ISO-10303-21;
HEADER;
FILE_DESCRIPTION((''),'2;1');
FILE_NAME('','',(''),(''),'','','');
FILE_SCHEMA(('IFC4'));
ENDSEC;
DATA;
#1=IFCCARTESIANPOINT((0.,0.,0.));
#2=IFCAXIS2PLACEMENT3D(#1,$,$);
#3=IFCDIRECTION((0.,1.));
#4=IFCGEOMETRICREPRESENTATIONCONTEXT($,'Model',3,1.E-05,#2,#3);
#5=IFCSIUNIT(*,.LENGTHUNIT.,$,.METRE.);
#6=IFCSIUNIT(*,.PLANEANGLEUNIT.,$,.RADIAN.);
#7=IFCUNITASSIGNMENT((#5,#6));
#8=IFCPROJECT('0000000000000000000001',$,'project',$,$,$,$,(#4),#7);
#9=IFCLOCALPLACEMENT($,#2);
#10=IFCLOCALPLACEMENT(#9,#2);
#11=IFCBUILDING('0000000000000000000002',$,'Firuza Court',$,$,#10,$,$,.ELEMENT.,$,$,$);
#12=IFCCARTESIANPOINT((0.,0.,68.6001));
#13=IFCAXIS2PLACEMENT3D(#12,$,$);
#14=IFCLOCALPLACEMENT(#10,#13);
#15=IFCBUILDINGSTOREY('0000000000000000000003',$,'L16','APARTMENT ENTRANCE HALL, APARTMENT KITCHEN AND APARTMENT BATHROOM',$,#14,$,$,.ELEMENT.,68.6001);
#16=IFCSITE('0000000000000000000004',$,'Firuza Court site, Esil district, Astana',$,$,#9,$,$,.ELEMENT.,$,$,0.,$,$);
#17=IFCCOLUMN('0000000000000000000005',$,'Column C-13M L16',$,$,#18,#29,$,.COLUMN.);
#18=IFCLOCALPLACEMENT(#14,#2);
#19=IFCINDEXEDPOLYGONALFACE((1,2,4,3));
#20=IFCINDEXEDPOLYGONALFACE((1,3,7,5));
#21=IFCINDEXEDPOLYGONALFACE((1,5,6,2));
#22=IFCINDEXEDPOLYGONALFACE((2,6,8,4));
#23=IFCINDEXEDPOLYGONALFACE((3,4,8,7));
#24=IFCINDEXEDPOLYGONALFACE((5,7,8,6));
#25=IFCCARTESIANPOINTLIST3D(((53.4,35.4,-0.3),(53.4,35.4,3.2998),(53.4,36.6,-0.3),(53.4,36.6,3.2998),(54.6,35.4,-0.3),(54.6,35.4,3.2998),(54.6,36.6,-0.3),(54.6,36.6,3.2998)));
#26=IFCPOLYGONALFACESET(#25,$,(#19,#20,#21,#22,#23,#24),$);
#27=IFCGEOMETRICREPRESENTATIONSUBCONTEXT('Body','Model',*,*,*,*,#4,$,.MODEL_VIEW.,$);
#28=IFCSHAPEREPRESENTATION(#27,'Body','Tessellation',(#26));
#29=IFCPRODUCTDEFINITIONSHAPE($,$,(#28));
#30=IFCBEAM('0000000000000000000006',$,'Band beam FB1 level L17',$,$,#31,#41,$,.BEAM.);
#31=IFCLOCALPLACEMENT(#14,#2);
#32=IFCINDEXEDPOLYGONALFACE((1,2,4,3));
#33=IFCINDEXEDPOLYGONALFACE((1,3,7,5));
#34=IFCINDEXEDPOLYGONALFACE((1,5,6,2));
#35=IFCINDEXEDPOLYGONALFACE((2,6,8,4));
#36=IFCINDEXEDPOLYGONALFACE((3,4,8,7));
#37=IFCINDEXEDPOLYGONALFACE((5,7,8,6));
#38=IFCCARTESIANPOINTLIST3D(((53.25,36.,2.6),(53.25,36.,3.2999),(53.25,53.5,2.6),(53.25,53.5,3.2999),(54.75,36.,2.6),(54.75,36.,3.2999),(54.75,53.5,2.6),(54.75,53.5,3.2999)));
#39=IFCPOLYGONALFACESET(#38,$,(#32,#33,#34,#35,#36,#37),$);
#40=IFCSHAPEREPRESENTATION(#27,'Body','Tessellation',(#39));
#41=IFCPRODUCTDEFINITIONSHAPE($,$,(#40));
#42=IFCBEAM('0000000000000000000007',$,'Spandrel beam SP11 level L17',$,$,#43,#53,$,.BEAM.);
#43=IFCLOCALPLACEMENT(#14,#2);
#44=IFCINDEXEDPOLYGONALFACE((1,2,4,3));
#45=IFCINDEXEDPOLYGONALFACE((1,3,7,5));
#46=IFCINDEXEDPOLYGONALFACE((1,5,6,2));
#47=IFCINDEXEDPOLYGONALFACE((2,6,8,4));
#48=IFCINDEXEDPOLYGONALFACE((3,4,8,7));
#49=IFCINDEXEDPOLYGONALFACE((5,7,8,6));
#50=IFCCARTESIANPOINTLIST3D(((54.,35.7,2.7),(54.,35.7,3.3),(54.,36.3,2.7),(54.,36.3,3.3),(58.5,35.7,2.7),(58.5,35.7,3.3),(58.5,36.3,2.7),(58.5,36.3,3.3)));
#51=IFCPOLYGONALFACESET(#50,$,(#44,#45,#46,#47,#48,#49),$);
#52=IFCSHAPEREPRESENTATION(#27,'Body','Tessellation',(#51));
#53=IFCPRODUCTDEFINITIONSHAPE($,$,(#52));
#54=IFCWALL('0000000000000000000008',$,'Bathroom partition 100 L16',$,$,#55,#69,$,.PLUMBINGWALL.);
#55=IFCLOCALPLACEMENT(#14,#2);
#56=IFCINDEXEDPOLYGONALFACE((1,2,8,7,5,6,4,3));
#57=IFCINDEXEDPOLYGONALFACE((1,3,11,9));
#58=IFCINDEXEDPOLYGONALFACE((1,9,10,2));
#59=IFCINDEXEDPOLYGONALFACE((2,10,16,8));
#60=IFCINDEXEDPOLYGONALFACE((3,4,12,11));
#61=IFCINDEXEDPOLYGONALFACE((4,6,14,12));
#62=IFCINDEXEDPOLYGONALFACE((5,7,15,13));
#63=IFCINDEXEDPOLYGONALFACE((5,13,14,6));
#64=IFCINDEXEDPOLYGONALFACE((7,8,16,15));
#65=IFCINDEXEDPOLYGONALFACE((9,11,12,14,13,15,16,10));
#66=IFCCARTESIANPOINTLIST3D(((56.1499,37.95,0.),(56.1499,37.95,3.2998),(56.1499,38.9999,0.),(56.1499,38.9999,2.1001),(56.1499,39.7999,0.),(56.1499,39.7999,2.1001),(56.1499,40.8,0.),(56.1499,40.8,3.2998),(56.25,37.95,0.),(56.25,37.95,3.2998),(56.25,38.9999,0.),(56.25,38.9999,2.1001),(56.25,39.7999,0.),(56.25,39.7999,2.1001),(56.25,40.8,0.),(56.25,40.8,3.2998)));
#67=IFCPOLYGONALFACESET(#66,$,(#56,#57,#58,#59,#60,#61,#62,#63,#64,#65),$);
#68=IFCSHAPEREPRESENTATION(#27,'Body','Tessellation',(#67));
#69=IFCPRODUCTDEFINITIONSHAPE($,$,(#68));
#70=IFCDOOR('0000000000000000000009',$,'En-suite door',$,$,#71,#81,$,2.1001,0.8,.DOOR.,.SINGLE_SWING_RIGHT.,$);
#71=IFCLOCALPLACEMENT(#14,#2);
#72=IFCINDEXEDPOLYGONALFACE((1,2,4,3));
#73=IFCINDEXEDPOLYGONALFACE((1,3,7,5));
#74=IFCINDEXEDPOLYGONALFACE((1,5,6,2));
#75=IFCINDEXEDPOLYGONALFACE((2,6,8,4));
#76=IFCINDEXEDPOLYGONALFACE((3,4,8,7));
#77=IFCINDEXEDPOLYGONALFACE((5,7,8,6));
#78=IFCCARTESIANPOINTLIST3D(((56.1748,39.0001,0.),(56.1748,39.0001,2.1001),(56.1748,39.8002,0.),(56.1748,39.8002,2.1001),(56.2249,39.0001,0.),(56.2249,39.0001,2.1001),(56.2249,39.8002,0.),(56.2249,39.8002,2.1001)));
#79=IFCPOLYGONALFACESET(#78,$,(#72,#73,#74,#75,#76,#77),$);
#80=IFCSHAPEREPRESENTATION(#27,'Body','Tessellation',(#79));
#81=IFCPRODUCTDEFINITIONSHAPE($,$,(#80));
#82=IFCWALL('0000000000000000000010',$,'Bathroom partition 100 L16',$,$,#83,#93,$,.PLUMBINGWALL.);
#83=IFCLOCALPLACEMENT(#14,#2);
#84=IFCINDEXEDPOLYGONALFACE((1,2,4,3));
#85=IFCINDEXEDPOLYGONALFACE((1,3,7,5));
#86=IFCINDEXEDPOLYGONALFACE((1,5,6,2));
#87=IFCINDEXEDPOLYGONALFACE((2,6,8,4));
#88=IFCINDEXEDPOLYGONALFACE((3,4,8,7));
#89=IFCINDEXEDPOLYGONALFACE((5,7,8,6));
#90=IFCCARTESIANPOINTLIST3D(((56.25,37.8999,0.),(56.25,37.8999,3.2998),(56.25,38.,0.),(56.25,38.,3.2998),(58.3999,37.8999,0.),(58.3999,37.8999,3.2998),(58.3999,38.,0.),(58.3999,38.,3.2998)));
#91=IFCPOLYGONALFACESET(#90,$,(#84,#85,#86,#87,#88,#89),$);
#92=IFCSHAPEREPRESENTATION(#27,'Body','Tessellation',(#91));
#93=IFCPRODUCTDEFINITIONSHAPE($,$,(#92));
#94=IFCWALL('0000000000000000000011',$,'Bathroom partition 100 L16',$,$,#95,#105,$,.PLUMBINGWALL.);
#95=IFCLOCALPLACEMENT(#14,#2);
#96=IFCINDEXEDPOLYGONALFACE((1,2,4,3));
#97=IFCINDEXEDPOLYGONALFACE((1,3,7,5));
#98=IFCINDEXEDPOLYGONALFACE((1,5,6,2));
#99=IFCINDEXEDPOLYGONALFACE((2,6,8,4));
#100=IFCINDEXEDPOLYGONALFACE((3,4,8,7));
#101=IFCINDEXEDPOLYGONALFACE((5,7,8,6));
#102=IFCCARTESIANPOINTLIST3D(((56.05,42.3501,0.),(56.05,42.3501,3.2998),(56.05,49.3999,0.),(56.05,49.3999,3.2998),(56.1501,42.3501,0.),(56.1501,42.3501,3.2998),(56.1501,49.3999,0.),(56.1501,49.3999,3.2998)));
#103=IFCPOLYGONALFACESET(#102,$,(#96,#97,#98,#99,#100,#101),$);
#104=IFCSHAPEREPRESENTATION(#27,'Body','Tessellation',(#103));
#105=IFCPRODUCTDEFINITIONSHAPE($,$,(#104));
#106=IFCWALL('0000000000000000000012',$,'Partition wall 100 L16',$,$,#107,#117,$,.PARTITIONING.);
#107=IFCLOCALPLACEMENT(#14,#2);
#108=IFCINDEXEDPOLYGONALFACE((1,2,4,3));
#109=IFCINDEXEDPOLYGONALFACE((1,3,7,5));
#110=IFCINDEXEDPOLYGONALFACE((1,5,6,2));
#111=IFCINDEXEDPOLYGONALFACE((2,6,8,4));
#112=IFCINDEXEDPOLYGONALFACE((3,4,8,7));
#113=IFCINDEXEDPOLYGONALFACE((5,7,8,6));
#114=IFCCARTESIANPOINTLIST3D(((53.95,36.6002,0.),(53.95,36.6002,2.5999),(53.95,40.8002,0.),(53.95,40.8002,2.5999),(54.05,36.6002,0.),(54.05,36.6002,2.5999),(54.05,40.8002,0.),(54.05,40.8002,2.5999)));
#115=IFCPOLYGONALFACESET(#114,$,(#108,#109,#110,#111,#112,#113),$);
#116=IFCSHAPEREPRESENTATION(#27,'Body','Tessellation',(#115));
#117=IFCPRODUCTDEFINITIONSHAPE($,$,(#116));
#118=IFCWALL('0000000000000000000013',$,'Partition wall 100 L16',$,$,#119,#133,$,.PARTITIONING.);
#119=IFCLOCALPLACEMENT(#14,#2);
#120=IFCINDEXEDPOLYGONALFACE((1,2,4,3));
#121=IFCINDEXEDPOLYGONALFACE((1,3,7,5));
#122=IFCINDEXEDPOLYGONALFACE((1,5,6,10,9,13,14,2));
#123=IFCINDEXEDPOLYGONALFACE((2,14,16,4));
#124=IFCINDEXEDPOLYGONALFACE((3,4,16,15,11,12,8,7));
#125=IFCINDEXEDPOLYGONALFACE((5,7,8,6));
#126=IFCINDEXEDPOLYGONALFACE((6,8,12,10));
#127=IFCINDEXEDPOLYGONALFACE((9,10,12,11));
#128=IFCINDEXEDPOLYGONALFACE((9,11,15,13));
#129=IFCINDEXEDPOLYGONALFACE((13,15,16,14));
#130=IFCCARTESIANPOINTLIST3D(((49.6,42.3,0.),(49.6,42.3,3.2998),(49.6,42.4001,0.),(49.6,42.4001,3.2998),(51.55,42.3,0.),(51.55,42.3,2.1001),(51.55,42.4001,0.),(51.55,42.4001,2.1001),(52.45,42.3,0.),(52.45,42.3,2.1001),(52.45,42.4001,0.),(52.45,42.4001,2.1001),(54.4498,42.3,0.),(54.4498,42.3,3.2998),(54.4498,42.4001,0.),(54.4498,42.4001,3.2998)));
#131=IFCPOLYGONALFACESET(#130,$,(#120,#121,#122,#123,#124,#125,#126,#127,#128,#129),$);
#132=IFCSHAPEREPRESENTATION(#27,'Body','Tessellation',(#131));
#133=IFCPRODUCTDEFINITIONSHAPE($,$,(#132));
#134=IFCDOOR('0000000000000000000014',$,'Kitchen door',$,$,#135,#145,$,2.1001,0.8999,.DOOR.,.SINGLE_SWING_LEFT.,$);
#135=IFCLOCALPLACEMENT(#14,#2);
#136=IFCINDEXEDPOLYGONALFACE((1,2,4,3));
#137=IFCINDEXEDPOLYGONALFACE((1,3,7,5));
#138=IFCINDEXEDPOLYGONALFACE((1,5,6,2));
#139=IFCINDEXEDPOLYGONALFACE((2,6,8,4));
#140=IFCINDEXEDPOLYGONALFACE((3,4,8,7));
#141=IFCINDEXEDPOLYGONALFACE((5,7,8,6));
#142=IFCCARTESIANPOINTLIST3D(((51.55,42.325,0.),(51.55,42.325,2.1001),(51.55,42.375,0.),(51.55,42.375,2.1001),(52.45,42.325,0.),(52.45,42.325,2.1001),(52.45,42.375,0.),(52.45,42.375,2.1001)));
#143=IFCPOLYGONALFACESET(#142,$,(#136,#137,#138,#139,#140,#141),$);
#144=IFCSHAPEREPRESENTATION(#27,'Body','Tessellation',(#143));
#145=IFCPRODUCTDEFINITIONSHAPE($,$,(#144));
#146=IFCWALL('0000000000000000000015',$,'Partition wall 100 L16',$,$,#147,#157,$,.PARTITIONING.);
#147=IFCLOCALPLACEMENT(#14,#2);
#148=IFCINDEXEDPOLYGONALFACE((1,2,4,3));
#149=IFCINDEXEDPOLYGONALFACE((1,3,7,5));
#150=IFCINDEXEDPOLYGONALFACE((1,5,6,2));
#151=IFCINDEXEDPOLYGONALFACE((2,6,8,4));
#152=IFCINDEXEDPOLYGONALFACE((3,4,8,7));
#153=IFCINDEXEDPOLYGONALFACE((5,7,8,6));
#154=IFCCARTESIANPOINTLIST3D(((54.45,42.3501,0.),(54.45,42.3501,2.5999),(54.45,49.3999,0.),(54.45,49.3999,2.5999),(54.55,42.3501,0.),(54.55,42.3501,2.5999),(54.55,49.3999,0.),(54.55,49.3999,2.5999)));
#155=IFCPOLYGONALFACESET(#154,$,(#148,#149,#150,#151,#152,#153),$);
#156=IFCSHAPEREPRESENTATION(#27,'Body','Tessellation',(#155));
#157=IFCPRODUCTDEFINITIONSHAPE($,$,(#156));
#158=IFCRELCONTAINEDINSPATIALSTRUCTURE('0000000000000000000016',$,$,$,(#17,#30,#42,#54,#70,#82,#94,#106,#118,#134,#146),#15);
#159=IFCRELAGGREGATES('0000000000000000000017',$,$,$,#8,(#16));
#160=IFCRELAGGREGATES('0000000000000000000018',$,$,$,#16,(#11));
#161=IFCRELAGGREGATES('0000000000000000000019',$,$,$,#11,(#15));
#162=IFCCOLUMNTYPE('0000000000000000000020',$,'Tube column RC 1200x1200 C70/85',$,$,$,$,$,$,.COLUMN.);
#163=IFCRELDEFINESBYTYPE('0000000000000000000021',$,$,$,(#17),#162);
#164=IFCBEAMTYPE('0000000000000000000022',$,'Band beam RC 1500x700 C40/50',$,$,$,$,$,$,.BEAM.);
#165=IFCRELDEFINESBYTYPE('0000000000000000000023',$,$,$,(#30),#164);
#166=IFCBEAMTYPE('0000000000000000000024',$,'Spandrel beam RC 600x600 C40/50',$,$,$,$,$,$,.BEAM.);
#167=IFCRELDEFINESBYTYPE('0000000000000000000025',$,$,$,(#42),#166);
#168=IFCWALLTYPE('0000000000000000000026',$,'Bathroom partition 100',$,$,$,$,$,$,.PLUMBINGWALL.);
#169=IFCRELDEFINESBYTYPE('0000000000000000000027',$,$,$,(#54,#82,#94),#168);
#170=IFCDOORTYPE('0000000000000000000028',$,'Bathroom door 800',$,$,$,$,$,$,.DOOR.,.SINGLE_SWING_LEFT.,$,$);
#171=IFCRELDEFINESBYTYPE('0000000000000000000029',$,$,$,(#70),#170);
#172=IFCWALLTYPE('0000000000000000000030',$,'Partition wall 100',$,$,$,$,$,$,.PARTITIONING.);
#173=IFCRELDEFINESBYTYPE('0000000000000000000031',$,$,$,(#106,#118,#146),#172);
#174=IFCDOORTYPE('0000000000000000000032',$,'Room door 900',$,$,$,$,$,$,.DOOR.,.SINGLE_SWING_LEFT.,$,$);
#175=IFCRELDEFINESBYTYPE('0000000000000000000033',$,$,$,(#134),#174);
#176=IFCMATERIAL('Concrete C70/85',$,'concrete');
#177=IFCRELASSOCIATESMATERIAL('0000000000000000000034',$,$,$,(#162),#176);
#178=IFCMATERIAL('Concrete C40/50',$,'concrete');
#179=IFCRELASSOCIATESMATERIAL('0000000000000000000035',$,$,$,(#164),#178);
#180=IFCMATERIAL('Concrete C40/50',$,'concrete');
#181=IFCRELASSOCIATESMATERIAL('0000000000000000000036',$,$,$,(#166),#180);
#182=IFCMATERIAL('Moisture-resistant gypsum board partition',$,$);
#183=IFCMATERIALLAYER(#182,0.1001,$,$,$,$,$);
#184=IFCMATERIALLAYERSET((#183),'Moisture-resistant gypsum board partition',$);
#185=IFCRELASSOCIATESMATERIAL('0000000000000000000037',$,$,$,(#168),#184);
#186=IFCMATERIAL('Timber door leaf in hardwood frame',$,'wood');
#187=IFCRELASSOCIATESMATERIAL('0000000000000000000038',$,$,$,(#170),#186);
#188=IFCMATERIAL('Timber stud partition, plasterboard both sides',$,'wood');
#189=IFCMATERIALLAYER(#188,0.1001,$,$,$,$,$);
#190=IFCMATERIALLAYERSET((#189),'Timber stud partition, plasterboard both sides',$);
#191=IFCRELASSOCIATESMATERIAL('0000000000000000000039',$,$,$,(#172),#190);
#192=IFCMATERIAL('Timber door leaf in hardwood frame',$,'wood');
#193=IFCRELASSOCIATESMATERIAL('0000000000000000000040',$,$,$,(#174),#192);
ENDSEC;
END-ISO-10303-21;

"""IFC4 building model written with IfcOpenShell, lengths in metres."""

from ifc_helpers import new_model, si_unit, direction, frame, frame_2d, origin, origin_2d, place, context, subcontext, project, spatial, rectangle, extrude, material, layer, layer_set, material_profile, profile_set, type_object, element, fill, save


model = new_model("IFC4")

# Units and contexts
model_context = context("Model", 3, precision=1e-05, world=origin(), true_north=direction((0.0, 1.0)))
body_context = subcontext(model_context, "Body", "Model", "MODEL_VIEW")
ifc_project = project(units=[si_unit("LENGTHUNIT", "METRE"), si_unit("PLANEANGLEUNIT", "RADIAN")], contexts=[model_context])

# Site, building, storey
site_placement = place(None, origin())
site = spatial("IfcSite", under=ifc_project, at=site_placement, Name="Firuza Court site, Esil district, Astana", CompositionType="ELEMENT", RefElevation=0.0)
building_placement = place(site_placement, origin())
building = spatial("IfcBuilding", under=site, at=building_placement, Name="Firuza Court", CompositionType="ELEMENT")
storey_placement = place(building_placement, frame((0.0, 0.0, 68.6001)))
storey = spatial("IfcBuildingStorey", under=building, at=storey_placement, Name="L16", Description="APARTMENT ENTRANCE HALL, APARTMENT KITCHEN AND APARTMENT BATHROOM", CompositionType="ELEMENT", Elevation=68.6001)

# Column
ifc_material_1 = material(Name="Concrete C70/85", Category="concrete")
ifc_material_profile_1 = material_profile(ifc_material_1, rectangle(XDim=1.2, YDim=1.2, at=origin_2d()), Name="RC 1200x1200")
ifc_profile_set_1 = profile_set([ifc_material_profile_1], Name="Concrete C70/85")
column_type = type_object("IfcColumnType", Name="Tube column RC 1200x1200 C70/85", PredefinedType="COLUMN", material=ifc_profile_set_1)
column_placement = place(storey_placement, frame((54.0, 36.0, -0.3), z_axis=(0.0, 0.0, 1.0), x_axis=(1.0, 0.0, 0.0)))
element("IfcColumn", 1, at=column_placement, inside=storey, type_object=column_type, Name="Column C-13M L16", PredefinedType="COLUMN", context=body_context, shape_type="SweptSolid", body=[
    extrude(rectangle(XDim=1.2, YDim=1.2, at=origin_2d()), origin(), (0.0, 0.0, 1.0), 3.5999),
])

# Beams
ifc_material_2 = material(Name="Concrete C40/50", Category="concrete")
ifc_material_profile_2 = material_profile(ifc_material_2, rectangle(XDim=1.5, YDim=0.7, at=origin_2d()), Name="RC 1500x700")
ifc_profile_set_2 = profile_set([ifc_material_profile_2], Name="Concrete C40/50")
beam_type_1 = type_object("IfcBeamType", Name="Band beam RC 1500x700 C40/50", PredefinedType="BEAM", material=ifc_profile_set_2)
beam_1_placement = place(storey_placement, frame((54.0, 36.0, 2.95), z_axis=(0.0, 1.0, 0.0), x_axis=(-1.0, 0.0, 0.0)))
element("IfcBeam", 2, at=beam_1_placement, inside=storey, type_object=beam_type_1, Name="Band beam FB1 level L17", PredefinedType="BEAM", context=body_context, shape_type="SweptSolid", body=[
    extrude(rectangle(XDim=1.5, YDim=0.7, at=origin_2d()), origin(), (0.0, 0.0, 1.0), 17.5),
])
ifc_material_3 = material(Name="Concrete C40/50", Category="concrete")
ifc_material_profile_3 = material_profile(ifc_material_3, rectangle(XDim=0.6001, YDim=0.6001, at=origin_2d()), Name="RC 600x600")
ifc_profile_set_3 = profile_set([ifc_material_profile_3], Name="Concrete C40/50")
beam_type_2 = type_object("IfcBeamType", Name="Spandrel beam RC 600x600 C40/50", PredefinedType="BEAM", material=ifc_profile_set_3)
beam_2_placement = place(storey_placement, frame((54.0, 36.0, 3.0), z_axis=(1.0, 0.0, 0.0), x_axis=(0.0, 1.0, 0.0)))
element("IfcBeam", 3, at=beam_2_placement, inside=storey, type_object=beam_type_2, Name="Spandrel beam SP11 level L17", PredefinedType="BEAM", context=body_context, shape_type="SweptSolid", body=[
    extrude(rectangle(XDim=0.6001, YDim=0.6001, at=origin_2d()), origin(), (0.0, 0.0, 1.0), 4.5),
])

# Wall, opening, door
ifc_material_4 = material(Name="Moisture-resistant gypsum board partition")
ifc_layer_1 = layer(ifc_material_4, 0.1001)
ifc_layer_set_1 = layer_set([ifc_layer_1], Name="Moisture-resistant gypsum board partition")
wall_type_1 = type_object("IfcWallType", Name="Bathroom partition 100", PredefinedType="PLUMBINGWALL", material=ifc_layer_set_1)
wall_1_placement = place(storey_placement, frame((56.2, 37.95, 0.0), z_axis=(0.0, 0.0, 1.0), x_axis=(0.0, 1.0, 0.0)))
wall_1 = element("IfcWall", 4, at=wall_1_placement, inside=storey, type_object=wall_type_1, Name="Bathroom partition 100 L16", PredefinedType="PLUMBINGWALL", context=body_context, shape_type="SweptSolid", body=[
    extrude(rectangle(XDim=2.8501, YDim=0.1001, at=frame_2d((1.425, 0.0))), origin(), (0.0, 0.0, 1.0), 3.2998),
])
opening_1_placement = place(wall_1_placement, frame((1.05, 0.0, 0.0)))
opening_1 = element("IfcOpeningElement", 5, at=opening_1_placement, cuts=wall_1, PredefinedType="OPENING", context=body_context, shape_type="SweptSolid", body=[
    extrude(rectangle(XDim=0.8, YDim=2.1001, at=frame_2d((0.3999, 1.05))), frame((0.0, 0.062, 0.0), z_axis=(0.0, -1.0, 0.0), x_axis=(1.0, 0.0, 0.0)), (0.0, 0.0, 1.0), 0.124),
])
ifc_material_5 = material(Name="Timber door leaf in hardwood frame", Category="wood")
door_type_1 = type_object("IfcDoorType", Name="Bathroom door 800", OperationType="SINGLE_SWING_LEFT", PredefinedType="DOOR", material=ifc_material_5)
door_1_placement = place(opening_1_placement, frame((0.8, 0.0, 0.0), z_axis=(0.0, 0.0, 1.0), x_axis=(-1.0, 0.0, 0.0)))
door_1 = element("IfcDoor", 6, at=door_1_placement, inside=storey, type_object=door_type_1, Name="En-suite door", OperationType="SINGLE_SWING_RIGHT", OverallHeight=2.1001, OverallWidth=0.8, PredefinedType="DOOR", context=body_context, shape_type="SweptSolid", body=[
    extrude(rectangle(XDim=0.8, YDim=2.1001, at=frame_2d((0.3999, 1.05))), frame((0.0, 0.0249, 0.0), z_axis=(0.0, -1.0, 0.0), x_axis=(1.0, 0.0, 0.0)), (0.0, 0.0, 1.0), 0.05),
])
fill(opening_1, door_1)

# Walls
wall_2_placement = place(storey_placement, frame((56.25, 37.95, 0.0), z_axis=(0.0, 0.0, 1.0), x_axis=(1.0, 0.0, 0.0)))
element("IfcWall", 7, at=wall_2_placement, inside=storey, type_object=wall_type_1, Name="Bathroom partition 100 L16", PredefinedType="PLUMBINGWALL", context=body_context, shape_type="SweptSolid", body=[
    extrude(rectangle(XDim=2.1499, YDim=0.1001, at=frame_2d((1.075, 0.0))), origin(), (0.0, 0.0, 1.0), 3.2998),
])
wall_3_placement = place(storey_placement, frame((56.1001, 42.3501, 0.0), z_axis=(0.0, 0.0, 1.0), x_axis=(0.0, 1.0, 0.0)))
element("IfcWall", 8, at=wall_3_placement, inside=storey, type_object=wall_type_1, Name="Bathroom partition 100 L16", PredefinedType="PLUMBINGWALL", context=body_context, shape_type="SweptSolid", body=[
    extrude(rectangle(XDim=7.0498, YDim=0.1001, at=frame_2d((3.5249, 0.0))), origin(), (0.0, 0.0, 1.0), 3.2998),
])
ifc_material_6 = material(Name="Timber stud partition, plasterboard both sides", Category="wood")
ifc_layer_2 = layer(ifc_material_6, 0.1001)
ifc_layer_set_2 = layer_set([ifc_layer_2], Name="Timber stud partition, plasterboard both sides")
wall_type_2 = type_object("IfcWallType", Name="Partition wall 100", PredefinedType="PARTITIONING", material=ifc_layer_set_2)
wall_4_placement = place(storey_placement, frame((54.0, 36.6001, 0.0), z_axis=(0.0, 0.0, 1.0), x_axis=(0.0, 1.0, 0.0)))
element("IfcWall", 9, at=wall_4_placement, inside=storey, type_object=wall_type_2, Name="Partition wall 100 L16", PredefinedType="PARTITIONING", context=body_context, shape_type="SweptSolid", body=[
    extrude(rectangle(XDim=4.2, YDim=0.1001, at=frame_2d((2.1001, 0.0))), origin(), (0.0, 0.0, 1.0), 2.5999),
])

# Wall, opening, door
wall_5_placement = place(storey_placement, frame((49.6001, 42.3501, 0.0), z_axis=(0.0, 0.0, 1.0), x_axis=(1.0, 0.0, 0.0)))
wall_5 = element("IfcWall", 10, at=wall_5_placement, inside=storey, type_object=wall_type_2, Name="Partition wall 100 L16", PredefinedType="PARTITIONING", context=body_context, shape_type="SweptSolid", body=[
    extrude(rectangle(XDim=4.8499, YDim=0.1001, at=frame_2d((2.4248, 0.0))), origin(), (0.0, 0.0, 1.0), 3.2998),
])
opening_2_placement = place(wall_5_placement, frame((1.95, 0.0, 0.0)))
opening_2 = element("IfcOpeningElement", 11, at=opening_2_placement, cuts=wall_5, PredefinedType="OPENING", context=body_context, shape_type="SweptSolid", body=[
    extrude(rectangle(XDim=0.8999, YDim=2.1001, at=frame_2d((0.45, 1.05))), frame((0.0, 0.062, 0.0), z_axis=(0.0, -1.0, 0.0), x_axis=(1.0, 0.0, 0.0)), (0.0, 0.0, 1.0), 0.124),
])
ifc_material_7 = material(Name="Timber door leaf in hardwood frame", Category="wood")
door_type_2 = type_object("IfcDoorType", Name="Room door 900", OperationType="SINGLE_SWING_LEFT", PredefinedType="DOOR", material=ifc_material_7)
door_2_placement = place(opening_2_placement, origin())
door_2 = element("IfcDoor", 12, at=door_2_placement, inside=storey, type_object=door_type_2, Name="Kitchen door", OperationType="SINGLE_SWING_LEFT", OverallHeight=2.1001, OverallWidth=0.8999, PredefinedType="DOOR", context=body_context, shape_type="SweptSolid", body=[
    extrude(rectangle(XDim=0.8999, YDim=2.1001, at=frame_2d((0.45, 1.05))), frame((0.0, 0.0249, 0.0), z_axis=(0.0, -1.0, 0.0), x_axis=(1.0, 0.0, 0.0)), (0.0, 0.0, 1.0), 0.05),
])
fill(opening_2, door_2)

# Wall
wall_6_placement = place(storey_placement, frame((54.5, 42.3501, 0.0), z_axis=(0.0, 0.0, 1.0), x_axis=(0.0, 1.0, 0.0)))
element("IfcWall", 13, at=wall_6_placement, inside=storey, type_object=wall_type_2, Name="Partition wall 100 L16", PredefinedType="PARTITIONING", context=body_context, shape_type="SweptSolid", body=[
    extrude(rectangle(XDim=7.0498, YDim=0.1001, at=frame_2d((3.5249, 0.0))), origin(), (0.0, 0.0, 1.0), 2.5999),
])

save(model, "model.ifc")
